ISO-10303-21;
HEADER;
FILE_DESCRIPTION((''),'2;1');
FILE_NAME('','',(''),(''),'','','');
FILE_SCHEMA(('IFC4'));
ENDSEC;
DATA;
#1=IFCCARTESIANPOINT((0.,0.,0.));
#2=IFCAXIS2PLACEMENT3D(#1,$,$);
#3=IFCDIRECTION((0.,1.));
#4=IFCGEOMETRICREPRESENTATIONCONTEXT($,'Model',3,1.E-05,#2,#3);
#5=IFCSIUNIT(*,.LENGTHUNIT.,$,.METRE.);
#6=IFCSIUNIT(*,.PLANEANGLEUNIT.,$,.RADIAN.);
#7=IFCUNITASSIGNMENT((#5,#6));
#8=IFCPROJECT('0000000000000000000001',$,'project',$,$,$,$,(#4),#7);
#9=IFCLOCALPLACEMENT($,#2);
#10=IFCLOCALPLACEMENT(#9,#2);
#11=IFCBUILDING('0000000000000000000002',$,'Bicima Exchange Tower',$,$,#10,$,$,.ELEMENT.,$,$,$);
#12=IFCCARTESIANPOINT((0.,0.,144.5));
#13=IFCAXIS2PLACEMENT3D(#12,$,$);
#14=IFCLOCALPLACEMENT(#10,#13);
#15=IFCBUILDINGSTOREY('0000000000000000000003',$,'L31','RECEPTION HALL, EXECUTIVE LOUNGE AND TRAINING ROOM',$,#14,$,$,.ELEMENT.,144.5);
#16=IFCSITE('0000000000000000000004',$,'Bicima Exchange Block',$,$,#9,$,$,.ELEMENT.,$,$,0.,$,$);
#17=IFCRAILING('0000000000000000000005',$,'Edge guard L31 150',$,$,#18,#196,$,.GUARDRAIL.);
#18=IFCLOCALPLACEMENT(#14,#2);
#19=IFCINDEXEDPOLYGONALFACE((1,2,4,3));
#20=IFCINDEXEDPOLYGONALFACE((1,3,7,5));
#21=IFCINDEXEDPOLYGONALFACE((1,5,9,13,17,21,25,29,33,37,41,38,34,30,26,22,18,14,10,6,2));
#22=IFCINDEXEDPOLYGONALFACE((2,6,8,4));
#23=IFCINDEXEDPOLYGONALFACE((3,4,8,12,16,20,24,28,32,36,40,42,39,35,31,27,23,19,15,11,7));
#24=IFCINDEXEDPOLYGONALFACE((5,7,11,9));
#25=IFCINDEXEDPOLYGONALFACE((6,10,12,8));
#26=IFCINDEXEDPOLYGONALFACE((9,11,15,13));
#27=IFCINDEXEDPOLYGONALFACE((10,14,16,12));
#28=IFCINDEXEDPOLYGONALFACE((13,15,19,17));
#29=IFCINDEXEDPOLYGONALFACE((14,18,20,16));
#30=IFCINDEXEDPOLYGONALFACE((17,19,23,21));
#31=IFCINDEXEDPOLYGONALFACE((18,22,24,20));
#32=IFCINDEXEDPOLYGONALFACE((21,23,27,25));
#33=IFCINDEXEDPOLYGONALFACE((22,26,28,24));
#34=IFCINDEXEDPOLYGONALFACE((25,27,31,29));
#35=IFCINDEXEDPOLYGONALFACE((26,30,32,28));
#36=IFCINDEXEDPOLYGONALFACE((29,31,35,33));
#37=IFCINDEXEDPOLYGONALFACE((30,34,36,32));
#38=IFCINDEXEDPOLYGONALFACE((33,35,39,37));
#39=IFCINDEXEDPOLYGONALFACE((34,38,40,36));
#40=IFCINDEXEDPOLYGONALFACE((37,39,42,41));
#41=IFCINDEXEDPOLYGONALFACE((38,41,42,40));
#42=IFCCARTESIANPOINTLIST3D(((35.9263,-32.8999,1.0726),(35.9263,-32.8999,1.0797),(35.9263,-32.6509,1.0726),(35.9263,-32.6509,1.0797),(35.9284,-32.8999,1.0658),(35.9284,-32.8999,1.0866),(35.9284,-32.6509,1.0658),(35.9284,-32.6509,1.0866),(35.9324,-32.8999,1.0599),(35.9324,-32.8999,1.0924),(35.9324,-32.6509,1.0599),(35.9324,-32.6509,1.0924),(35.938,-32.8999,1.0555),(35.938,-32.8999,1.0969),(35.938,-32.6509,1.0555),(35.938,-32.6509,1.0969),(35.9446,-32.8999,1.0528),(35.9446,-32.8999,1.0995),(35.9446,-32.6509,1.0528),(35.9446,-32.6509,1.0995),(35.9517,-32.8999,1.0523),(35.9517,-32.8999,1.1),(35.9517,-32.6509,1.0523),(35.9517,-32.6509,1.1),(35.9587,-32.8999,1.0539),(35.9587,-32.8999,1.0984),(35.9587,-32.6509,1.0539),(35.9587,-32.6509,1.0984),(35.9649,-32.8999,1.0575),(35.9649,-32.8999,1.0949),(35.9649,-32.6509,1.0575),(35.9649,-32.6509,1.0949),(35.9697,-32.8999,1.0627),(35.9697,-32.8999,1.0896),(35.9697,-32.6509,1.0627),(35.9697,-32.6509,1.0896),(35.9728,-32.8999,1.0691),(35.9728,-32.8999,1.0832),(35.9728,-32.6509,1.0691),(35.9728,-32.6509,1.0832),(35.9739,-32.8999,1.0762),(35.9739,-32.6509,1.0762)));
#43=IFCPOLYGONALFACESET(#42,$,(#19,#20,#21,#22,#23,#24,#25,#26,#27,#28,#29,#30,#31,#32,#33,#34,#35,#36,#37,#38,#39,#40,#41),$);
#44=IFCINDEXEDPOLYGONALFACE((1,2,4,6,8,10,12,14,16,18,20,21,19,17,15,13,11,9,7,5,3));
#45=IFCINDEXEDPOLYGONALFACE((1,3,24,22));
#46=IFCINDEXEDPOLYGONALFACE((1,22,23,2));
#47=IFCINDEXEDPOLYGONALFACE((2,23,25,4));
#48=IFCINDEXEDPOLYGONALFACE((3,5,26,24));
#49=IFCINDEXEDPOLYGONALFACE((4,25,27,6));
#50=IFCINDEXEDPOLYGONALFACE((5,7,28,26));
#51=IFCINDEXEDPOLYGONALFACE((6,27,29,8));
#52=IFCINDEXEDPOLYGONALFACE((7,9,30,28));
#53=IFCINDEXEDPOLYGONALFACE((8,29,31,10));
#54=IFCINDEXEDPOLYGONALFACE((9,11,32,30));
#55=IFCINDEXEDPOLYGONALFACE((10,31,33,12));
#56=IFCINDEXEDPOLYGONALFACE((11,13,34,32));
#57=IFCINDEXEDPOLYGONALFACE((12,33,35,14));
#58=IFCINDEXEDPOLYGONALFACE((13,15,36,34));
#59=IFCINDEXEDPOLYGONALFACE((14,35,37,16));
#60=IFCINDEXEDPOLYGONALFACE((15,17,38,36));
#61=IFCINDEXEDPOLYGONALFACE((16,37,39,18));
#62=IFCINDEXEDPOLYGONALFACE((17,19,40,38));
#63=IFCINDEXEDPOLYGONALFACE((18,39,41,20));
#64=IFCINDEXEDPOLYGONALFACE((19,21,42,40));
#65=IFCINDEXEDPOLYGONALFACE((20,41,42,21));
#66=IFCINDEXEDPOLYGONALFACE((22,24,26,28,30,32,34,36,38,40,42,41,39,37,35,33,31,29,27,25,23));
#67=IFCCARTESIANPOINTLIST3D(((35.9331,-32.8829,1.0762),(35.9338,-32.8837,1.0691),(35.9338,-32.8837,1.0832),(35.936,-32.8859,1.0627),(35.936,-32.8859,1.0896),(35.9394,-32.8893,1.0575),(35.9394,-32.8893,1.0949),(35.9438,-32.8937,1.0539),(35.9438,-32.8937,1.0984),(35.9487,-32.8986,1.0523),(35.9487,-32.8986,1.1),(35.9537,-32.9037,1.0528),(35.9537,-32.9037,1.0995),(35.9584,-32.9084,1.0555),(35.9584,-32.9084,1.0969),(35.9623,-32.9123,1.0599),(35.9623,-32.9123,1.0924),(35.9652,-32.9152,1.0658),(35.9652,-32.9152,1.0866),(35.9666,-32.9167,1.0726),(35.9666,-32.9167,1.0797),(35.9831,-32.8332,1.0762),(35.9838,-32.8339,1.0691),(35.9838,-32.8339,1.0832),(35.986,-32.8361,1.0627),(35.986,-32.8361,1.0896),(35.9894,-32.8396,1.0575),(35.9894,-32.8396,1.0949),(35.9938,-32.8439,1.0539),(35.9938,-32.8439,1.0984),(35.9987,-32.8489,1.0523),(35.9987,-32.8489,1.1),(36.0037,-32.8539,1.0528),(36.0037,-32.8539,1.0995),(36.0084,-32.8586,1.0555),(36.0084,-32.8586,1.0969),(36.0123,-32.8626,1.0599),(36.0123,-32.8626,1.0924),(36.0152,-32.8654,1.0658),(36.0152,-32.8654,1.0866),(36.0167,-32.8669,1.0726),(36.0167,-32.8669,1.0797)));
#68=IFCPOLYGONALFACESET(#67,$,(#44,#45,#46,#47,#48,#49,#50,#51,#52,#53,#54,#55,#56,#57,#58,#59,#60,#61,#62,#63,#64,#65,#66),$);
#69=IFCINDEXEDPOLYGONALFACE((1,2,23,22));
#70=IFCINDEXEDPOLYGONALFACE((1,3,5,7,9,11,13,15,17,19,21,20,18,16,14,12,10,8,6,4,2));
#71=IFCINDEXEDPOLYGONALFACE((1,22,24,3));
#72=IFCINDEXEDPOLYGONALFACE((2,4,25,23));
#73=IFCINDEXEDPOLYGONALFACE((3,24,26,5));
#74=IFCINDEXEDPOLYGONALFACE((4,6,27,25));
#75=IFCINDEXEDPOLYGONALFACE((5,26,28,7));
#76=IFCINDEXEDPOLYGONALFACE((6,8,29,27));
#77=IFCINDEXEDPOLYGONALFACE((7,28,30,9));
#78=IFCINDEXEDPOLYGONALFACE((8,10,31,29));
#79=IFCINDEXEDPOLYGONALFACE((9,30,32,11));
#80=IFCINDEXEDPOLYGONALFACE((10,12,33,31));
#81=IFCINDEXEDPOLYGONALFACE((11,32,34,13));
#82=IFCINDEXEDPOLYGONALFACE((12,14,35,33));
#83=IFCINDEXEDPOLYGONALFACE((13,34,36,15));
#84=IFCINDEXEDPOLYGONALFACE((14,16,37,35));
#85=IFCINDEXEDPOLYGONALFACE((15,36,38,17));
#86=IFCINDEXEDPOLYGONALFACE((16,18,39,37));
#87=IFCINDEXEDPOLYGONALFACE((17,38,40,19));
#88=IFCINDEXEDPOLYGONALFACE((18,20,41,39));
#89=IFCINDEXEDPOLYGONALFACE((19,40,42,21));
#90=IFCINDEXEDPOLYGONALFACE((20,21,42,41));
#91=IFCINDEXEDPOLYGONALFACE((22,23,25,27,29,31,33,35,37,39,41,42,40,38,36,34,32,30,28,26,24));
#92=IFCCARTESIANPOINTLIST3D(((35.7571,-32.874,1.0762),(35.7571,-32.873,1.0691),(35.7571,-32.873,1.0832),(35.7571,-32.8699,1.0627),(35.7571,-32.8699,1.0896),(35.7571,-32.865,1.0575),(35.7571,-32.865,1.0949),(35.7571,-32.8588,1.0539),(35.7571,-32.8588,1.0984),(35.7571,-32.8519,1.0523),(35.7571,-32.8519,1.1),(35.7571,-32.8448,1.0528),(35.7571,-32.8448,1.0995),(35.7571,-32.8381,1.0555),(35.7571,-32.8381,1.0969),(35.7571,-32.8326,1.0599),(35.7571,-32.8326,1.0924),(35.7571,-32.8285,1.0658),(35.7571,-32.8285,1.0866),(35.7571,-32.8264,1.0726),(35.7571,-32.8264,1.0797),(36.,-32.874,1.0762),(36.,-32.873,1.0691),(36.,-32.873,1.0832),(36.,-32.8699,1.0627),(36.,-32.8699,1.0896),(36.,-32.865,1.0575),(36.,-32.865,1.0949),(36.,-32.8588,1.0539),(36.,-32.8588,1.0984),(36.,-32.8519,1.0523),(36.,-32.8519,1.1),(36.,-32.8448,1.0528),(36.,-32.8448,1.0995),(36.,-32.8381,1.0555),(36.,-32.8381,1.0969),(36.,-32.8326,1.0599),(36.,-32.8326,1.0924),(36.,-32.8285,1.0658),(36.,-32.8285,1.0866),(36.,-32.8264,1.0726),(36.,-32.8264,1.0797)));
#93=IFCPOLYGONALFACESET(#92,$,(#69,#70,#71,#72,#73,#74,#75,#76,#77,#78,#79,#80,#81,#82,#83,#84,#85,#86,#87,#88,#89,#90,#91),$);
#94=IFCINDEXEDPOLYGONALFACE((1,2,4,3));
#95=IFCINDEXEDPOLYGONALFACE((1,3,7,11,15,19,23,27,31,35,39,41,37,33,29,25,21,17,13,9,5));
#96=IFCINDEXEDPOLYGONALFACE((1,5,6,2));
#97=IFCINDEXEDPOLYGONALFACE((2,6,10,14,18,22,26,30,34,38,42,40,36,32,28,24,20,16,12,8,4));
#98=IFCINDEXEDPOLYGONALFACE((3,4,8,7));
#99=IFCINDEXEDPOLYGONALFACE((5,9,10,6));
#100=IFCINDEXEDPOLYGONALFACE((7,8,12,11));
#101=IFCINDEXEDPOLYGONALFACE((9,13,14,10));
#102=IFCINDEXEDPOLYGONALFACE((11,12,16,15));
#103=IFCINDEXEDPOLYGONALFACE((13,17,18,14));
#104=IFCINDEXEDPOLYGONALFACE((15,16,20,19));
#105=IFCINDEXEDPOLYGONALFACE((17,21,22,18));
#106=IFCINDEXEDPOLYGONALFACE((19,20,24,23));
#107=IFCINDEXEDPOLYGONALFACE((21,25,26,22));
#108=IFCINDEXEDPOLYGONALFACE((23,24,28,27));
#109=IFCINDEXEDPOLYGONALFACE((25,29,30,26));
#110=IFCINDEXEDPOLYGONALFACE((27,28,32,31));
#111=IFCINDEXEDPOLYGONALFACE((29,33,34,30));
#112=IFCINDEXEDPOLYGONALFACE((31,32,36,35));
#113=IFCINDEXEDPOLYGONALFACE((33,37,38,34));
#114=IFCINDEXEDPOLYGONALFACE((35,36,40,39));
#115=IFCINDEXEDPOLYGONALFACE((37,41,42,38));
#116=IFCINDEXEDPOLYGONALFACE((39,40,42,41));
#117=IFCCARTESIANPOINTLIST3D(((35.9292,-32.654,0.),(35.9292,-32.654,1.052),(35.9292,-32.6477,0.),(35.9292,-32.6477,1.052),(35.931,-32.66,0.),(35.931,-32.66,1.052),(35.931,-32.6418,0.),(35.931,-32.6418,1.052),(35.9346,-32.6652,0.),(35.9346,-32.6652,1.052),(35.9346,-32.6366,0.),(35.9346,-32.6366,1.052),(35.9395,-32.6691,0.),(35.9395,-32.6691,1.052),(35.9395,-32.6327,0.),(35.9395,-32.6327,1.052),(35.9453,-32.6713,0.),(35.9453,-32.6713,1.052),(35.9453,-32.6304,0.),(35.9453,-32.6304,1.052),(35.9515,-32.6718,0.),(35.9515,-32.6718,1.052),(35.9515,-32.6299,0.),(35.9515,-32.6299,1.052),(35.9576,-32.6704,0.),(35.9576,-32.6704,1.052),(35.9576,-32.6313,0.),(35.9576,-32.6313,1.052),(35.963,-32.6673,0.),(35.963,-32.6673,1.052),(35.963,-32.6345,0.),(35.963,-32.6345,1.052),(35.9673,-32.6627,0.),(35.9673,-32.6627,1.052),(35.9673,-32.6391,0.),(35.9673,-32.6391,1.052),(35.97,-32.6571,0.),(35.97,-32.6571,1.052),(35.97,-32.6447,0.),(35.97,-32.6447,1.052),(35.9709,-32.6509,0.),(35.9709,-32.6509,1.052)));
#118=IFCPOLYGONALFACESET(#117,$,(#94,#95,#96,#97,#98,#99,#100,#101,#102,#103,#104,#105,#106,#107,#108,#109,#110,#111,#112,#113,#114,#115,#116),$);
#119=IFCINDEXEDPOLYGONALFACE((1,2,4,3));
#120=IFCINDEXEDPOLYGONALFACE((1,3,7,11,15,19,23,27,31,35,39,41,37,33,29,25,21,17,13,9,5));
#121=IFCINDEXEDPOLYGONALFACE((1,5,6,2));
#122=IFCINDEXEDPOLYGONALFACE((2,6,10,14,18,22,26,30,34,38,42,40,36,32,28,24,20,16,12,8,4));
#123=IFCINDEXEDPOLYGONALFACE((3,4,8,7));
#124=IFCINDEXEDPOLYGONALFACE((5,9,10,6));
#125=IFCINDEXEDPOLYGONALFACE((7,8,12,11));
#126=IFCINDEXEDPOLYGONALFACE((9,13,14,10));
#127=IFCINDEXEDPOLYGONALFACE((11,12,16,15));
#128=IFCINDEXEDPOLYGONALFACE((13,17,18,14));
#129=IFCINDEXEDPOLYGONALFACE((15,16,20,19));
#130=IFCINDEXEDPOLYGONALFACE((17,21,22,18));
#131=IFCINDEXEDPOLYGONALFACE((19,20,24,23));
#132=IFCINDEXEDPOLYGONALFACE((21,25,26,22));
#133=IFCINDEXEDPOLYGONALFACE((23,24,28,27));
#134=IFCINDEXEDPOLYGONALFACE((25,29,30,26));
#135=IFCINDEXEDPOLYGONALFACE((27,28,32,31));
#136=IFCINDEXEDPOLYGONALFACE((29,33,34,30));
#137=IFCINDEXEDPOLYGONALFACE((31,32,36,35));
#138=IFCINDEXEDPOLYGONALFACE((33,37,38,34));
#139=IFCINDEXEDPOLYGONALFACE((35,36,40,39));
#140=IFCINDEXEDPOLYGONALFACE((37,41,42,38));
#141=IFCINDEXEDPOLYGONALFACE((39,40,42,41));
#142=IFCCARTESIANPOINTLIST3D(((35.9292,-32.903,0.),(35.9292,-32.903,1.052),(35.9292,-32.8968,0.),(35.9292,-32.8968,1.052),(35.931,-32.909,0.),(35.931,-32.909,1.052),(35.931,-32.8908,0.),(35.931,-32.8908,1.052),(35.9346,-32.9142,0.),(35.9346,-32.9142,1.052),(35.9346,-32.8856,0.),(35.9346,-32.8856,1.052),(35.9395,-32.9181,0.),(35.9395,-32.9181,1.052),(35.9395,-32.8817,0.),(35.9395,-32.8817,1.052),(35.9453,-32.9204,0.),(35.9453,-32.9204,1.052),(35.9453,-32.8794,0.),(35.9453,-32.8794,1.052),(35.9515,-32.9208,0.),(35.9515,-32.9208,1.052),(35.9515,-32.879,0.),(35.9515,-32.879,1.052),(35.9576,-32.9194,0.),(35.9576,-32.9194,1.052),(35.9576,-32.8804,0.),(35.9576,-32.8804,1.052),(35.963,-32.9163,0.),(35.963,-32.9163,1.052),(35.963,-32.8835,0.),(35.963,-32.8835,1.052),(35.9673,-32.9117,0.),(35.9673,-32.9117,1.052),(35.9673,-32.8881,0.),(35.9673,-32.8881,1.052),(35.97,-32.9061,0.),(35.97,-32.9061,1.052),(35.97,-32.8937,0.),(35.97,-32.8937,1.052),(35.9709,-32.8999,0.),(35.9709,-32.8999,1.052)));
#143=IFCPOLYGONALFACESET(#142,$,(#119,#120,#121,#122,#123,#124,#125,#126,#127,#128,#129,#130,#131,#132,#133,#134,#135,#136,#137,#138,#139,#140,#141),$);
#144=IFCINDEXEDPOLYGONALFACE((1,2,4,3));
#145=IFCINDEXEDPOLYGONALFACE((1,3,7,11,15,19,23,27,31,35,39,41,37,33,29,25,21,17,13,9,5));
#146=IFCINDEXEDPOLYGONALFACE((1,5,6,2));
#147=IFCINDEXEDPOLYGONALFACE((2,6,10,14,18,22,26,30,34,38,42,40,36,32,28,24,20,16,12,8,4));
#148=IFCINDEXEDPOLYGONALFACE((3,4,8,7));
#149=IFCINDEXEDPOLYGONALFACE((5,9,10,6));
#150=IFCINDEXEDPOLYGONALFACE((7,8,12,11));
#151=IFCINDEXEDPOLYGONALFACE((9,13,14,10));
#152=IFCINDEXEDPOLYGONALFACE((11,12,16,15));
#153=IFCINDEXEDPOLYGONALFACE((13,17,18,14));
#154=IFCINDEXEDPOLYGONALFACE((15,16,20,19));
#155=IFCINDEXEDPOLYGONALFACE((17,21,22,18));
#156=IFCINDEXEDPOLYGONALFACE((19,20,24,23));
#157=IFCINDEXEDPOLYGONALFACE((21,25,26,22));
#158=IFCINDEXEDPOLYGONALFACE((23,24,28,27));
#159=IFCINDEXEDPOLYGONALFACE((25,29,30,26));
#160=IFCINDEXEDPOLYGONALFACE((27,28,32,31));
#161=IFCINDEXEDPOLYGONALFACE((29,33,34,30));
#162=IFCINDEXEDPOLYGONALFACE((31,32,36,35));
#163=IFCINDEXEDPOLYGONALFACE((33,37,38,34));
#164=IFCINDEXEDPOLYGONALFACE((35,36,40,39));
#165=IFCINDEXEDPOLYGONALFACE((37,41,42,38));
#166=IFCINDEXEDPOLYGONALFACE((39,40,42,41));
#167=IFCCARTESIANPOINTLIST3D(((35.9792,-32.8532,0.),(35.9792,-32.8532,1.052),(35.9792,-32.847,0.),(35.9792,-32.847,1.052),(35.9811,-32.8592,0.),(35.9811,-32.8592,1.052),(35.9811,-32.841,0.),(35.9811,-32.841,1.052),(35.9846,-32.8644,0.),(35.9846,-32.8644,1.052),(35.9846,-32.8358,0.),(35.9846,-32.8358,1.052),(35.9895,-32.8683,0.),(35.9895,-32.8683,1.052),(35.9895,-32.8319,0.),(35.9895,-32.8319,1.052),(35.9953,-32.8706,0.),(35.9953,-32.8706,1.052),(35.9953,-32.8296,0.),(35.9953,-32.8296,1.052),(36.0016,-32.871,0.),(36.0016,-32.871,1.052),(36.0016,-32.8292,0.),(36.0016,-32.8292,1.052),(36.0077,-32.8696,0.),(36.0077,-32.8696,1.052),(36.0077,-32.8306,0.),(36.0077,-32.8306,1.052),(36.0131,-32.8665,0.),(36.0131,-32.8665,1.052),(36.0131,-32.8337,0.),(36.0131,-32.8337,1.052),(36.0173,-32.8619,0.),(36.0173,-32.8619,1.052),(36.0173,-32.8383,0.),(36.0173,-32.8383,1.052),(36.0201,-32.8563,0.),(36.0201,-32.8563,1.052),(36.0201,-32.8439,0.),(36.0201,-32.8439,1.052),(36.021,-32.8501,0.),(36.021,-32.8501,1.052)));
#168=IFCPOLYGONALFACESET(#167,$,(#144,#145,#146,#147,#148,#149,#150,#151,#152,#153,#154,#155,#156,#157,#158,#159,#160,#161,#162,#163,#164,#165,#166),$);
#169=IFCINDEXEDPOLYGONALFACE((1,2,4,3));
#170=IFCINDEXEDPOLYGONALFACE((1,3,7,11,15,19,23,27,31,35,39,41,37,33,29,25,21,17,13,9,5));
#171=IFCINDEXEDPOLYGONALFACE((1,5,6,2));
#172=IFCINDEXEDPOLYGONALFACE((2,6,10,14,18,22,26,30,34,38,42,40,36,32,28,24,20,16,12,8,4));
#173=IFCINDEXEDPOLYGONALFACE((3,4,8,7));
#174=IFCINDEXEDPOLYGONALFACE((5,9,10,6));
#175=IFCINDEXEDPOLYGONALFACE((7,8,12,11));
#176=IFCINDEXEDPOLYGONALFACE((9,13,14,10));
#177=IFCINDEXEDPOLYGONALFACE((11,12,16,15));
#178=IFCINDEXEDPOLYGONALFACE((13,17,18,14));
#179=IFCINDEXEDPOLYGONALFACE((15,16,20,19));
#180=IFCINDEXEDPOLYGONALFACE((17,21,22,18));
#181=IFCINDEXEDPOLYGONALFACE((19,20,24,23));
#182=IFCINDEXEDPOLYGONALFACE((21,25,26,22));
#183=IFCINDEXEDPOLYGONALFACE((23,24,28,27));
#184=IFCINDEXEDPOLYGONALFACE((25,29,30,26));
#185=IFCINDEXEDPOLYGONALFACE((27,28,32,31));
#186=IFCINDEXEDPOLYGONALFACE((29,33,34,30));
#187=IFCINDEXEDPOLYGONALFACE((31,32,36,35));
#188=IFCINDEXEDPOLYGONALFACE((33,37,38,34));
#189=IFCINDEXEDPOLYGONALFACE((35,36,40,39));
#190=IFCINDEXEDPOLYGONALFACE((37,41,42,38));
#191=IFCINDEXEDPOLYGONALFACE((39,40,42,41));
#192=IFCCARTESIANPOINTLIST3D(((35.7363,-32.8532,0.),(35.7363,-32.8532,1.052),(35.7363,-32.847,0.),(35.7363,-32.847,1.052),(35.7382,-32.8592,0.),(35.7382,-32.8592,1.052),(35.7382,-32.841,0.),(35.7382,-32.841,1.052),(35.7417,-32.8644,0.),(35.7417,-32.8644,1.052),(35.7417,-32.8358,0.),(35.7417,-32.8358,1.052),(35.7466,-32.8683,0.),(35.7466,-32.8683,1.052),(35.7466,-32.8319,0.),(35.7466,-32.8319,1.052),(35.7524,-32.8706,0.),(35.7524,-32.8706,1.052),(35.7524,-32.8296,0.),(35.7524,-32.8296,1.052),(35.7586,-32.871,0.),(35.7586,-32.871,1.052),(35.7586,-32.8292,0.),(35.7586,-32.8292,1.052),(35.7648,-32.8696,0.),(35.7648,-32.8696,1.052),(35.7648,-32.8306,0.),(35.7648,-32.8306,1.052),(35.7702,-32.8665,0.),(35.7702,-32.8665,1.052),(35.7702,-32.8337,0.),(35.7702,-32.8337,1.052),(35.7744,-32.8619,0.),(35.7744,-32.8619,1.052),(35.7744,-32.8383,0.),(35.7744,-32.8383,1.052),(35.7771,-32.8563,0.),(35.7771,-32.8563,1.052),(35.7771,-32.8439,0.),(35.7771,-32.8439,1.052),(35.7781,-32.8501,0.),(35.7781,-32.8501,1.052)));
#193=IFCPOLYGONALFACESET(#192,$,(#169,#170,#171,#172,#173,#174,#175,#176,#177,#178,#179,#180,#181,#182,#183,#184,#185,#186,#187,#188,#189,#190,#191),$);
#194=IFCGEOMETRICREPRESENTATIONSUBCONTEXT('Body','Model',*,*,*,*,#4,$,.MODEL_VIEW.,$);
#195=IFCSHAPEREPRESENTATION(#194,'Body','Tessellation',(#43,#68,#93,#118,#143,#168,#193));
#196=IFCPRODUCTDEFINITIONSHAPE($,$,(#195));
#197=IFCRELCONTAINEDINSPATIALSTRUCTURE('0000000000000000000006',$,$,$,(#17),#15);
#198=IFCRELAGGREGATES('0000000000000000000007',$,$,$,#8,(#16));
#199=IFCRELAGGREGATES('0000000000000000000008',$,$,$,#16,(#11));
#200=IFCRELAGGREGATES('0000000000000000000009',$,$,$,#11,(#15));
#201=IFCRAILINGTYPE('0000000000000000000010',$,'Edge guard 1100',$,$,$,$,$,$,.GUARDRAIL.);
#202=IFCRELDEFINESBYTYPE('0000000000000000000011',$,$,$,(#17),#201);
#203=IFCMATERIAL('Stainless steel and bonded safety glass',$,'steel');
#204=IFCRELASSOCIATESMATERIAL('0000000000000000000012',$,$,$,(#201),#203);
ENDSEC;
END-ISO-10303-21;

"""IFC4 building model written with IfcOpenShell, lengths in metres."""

from ifc_helpers import new_model, si_unit, direction, frame, origin, origin_2d, place, context, subcontext, project, spatial, circle, extrude, material, type_object, element, save


model = new_model("IFC4")

# Units and contexts
model_context = context("Model", 3, precision=1e-05, world=origin(), true_north=direction((0.0, 1.0)))
body_context = subcontext(model_context, "Body", "Model", "MODEL_VIEW")
ifc_project = project(units=[si_unit("LENGTHUNIT", "METRE"), si_unit("PLANEANGLEUNIT", "RADIAN")], contexts=[model_context])

# Site, building, storey
site_placement = place(None, origin())
site = spatial("IfcSite", under=ifc_project, at=site_placement, Name="Bicima Exchange Block", CompositionType="ELEMENT", RefElevation=0.0)
building_placement = place(site_placement, origin())
building = spatial("IfcBuilding", under=site, at=building_placement, Name="Bicima Exchange Tower", CompositionType="ELEMENT")
storey_placement = place(building_placement, frame((0.0, 0.0, 144.5)))
storey = spatial("IfcBuildingStorey", under=building, at=storey_placement, Name="L31", Description="RECEPTION HALL, EXECUTIVE LOUNGE AND TRAINING ROOM", CompositionType="ELEMENT", Elevation=144.5)

# Railing
ifc_material_1 = material(Name="Stainless steel and bonded safety glass", Category="steel")
railing_type = type_object("IfcRailingType", Name="Edge guard 1100", PredefinedType="GUARDRAIL", material=ifc_material_1)
railing_placement = place(storey_placement, frame((35.95, -32.6509, 0.0)))
element("IfcRailing", 1, at=railing_placement, inside=storey, type_object=railing_type, Name="Edge guard L31 150", PredefinedType="GUARDRAIL", context=body_context, shape_type="SweptSolid", body=[
    extrude(circle(Radius=0.0239, at=origin_2d()), frame((0.0, 0.0, 1.0762), z_axis=(0.0, -1.0, 0.0), x_axis=(1.0, 0.0, 0.0)), (0.0, 0.0, 1.0), 0.249),
    extrude(circle(Radius=0.0239, at=origin_2d()), frame((0.0, -0.249, 1.0762), z_axis=(0.708834, 0.705376, 0.0), x_axis=(-0.705376, 0.708834, 0.0)), (0.0, 0.0, 1.0), 0.0706),
    extrude(circle(Radius=0.0239, at=origin_2d()), frame((0.05, -0.1992, 1.0762), z_axis=(-1.0, 0.0, 0.0), x_axis=(0.0, -1.0, 0.0)), (0.0, 0.0, 1.0), 0.2429),
    extrude(circle(Radius=0.021, at=origin_2d()), origin(), (0.0, 0.0, 1.0), 1.052),
    extrude(circle(Radius=0.021, at=origin_2d()), frame((0.0, -0.249, 0.0)), (0.0, 0.0, 1.0), 1.052),
    extrude(circle(Radius=0.021, at=origin_2d()), frame((0.05, -0.1992, 0.0)), (0.0, 0.0, 1.0), 1.052),
    extrude(circle(Radius=0.021, at=origin_2d()), frame((-0.1929, -0.1992, 0.0)), (0.0, 0.0, 1.0), 1.052),
])

save(model, "model.ifc")
